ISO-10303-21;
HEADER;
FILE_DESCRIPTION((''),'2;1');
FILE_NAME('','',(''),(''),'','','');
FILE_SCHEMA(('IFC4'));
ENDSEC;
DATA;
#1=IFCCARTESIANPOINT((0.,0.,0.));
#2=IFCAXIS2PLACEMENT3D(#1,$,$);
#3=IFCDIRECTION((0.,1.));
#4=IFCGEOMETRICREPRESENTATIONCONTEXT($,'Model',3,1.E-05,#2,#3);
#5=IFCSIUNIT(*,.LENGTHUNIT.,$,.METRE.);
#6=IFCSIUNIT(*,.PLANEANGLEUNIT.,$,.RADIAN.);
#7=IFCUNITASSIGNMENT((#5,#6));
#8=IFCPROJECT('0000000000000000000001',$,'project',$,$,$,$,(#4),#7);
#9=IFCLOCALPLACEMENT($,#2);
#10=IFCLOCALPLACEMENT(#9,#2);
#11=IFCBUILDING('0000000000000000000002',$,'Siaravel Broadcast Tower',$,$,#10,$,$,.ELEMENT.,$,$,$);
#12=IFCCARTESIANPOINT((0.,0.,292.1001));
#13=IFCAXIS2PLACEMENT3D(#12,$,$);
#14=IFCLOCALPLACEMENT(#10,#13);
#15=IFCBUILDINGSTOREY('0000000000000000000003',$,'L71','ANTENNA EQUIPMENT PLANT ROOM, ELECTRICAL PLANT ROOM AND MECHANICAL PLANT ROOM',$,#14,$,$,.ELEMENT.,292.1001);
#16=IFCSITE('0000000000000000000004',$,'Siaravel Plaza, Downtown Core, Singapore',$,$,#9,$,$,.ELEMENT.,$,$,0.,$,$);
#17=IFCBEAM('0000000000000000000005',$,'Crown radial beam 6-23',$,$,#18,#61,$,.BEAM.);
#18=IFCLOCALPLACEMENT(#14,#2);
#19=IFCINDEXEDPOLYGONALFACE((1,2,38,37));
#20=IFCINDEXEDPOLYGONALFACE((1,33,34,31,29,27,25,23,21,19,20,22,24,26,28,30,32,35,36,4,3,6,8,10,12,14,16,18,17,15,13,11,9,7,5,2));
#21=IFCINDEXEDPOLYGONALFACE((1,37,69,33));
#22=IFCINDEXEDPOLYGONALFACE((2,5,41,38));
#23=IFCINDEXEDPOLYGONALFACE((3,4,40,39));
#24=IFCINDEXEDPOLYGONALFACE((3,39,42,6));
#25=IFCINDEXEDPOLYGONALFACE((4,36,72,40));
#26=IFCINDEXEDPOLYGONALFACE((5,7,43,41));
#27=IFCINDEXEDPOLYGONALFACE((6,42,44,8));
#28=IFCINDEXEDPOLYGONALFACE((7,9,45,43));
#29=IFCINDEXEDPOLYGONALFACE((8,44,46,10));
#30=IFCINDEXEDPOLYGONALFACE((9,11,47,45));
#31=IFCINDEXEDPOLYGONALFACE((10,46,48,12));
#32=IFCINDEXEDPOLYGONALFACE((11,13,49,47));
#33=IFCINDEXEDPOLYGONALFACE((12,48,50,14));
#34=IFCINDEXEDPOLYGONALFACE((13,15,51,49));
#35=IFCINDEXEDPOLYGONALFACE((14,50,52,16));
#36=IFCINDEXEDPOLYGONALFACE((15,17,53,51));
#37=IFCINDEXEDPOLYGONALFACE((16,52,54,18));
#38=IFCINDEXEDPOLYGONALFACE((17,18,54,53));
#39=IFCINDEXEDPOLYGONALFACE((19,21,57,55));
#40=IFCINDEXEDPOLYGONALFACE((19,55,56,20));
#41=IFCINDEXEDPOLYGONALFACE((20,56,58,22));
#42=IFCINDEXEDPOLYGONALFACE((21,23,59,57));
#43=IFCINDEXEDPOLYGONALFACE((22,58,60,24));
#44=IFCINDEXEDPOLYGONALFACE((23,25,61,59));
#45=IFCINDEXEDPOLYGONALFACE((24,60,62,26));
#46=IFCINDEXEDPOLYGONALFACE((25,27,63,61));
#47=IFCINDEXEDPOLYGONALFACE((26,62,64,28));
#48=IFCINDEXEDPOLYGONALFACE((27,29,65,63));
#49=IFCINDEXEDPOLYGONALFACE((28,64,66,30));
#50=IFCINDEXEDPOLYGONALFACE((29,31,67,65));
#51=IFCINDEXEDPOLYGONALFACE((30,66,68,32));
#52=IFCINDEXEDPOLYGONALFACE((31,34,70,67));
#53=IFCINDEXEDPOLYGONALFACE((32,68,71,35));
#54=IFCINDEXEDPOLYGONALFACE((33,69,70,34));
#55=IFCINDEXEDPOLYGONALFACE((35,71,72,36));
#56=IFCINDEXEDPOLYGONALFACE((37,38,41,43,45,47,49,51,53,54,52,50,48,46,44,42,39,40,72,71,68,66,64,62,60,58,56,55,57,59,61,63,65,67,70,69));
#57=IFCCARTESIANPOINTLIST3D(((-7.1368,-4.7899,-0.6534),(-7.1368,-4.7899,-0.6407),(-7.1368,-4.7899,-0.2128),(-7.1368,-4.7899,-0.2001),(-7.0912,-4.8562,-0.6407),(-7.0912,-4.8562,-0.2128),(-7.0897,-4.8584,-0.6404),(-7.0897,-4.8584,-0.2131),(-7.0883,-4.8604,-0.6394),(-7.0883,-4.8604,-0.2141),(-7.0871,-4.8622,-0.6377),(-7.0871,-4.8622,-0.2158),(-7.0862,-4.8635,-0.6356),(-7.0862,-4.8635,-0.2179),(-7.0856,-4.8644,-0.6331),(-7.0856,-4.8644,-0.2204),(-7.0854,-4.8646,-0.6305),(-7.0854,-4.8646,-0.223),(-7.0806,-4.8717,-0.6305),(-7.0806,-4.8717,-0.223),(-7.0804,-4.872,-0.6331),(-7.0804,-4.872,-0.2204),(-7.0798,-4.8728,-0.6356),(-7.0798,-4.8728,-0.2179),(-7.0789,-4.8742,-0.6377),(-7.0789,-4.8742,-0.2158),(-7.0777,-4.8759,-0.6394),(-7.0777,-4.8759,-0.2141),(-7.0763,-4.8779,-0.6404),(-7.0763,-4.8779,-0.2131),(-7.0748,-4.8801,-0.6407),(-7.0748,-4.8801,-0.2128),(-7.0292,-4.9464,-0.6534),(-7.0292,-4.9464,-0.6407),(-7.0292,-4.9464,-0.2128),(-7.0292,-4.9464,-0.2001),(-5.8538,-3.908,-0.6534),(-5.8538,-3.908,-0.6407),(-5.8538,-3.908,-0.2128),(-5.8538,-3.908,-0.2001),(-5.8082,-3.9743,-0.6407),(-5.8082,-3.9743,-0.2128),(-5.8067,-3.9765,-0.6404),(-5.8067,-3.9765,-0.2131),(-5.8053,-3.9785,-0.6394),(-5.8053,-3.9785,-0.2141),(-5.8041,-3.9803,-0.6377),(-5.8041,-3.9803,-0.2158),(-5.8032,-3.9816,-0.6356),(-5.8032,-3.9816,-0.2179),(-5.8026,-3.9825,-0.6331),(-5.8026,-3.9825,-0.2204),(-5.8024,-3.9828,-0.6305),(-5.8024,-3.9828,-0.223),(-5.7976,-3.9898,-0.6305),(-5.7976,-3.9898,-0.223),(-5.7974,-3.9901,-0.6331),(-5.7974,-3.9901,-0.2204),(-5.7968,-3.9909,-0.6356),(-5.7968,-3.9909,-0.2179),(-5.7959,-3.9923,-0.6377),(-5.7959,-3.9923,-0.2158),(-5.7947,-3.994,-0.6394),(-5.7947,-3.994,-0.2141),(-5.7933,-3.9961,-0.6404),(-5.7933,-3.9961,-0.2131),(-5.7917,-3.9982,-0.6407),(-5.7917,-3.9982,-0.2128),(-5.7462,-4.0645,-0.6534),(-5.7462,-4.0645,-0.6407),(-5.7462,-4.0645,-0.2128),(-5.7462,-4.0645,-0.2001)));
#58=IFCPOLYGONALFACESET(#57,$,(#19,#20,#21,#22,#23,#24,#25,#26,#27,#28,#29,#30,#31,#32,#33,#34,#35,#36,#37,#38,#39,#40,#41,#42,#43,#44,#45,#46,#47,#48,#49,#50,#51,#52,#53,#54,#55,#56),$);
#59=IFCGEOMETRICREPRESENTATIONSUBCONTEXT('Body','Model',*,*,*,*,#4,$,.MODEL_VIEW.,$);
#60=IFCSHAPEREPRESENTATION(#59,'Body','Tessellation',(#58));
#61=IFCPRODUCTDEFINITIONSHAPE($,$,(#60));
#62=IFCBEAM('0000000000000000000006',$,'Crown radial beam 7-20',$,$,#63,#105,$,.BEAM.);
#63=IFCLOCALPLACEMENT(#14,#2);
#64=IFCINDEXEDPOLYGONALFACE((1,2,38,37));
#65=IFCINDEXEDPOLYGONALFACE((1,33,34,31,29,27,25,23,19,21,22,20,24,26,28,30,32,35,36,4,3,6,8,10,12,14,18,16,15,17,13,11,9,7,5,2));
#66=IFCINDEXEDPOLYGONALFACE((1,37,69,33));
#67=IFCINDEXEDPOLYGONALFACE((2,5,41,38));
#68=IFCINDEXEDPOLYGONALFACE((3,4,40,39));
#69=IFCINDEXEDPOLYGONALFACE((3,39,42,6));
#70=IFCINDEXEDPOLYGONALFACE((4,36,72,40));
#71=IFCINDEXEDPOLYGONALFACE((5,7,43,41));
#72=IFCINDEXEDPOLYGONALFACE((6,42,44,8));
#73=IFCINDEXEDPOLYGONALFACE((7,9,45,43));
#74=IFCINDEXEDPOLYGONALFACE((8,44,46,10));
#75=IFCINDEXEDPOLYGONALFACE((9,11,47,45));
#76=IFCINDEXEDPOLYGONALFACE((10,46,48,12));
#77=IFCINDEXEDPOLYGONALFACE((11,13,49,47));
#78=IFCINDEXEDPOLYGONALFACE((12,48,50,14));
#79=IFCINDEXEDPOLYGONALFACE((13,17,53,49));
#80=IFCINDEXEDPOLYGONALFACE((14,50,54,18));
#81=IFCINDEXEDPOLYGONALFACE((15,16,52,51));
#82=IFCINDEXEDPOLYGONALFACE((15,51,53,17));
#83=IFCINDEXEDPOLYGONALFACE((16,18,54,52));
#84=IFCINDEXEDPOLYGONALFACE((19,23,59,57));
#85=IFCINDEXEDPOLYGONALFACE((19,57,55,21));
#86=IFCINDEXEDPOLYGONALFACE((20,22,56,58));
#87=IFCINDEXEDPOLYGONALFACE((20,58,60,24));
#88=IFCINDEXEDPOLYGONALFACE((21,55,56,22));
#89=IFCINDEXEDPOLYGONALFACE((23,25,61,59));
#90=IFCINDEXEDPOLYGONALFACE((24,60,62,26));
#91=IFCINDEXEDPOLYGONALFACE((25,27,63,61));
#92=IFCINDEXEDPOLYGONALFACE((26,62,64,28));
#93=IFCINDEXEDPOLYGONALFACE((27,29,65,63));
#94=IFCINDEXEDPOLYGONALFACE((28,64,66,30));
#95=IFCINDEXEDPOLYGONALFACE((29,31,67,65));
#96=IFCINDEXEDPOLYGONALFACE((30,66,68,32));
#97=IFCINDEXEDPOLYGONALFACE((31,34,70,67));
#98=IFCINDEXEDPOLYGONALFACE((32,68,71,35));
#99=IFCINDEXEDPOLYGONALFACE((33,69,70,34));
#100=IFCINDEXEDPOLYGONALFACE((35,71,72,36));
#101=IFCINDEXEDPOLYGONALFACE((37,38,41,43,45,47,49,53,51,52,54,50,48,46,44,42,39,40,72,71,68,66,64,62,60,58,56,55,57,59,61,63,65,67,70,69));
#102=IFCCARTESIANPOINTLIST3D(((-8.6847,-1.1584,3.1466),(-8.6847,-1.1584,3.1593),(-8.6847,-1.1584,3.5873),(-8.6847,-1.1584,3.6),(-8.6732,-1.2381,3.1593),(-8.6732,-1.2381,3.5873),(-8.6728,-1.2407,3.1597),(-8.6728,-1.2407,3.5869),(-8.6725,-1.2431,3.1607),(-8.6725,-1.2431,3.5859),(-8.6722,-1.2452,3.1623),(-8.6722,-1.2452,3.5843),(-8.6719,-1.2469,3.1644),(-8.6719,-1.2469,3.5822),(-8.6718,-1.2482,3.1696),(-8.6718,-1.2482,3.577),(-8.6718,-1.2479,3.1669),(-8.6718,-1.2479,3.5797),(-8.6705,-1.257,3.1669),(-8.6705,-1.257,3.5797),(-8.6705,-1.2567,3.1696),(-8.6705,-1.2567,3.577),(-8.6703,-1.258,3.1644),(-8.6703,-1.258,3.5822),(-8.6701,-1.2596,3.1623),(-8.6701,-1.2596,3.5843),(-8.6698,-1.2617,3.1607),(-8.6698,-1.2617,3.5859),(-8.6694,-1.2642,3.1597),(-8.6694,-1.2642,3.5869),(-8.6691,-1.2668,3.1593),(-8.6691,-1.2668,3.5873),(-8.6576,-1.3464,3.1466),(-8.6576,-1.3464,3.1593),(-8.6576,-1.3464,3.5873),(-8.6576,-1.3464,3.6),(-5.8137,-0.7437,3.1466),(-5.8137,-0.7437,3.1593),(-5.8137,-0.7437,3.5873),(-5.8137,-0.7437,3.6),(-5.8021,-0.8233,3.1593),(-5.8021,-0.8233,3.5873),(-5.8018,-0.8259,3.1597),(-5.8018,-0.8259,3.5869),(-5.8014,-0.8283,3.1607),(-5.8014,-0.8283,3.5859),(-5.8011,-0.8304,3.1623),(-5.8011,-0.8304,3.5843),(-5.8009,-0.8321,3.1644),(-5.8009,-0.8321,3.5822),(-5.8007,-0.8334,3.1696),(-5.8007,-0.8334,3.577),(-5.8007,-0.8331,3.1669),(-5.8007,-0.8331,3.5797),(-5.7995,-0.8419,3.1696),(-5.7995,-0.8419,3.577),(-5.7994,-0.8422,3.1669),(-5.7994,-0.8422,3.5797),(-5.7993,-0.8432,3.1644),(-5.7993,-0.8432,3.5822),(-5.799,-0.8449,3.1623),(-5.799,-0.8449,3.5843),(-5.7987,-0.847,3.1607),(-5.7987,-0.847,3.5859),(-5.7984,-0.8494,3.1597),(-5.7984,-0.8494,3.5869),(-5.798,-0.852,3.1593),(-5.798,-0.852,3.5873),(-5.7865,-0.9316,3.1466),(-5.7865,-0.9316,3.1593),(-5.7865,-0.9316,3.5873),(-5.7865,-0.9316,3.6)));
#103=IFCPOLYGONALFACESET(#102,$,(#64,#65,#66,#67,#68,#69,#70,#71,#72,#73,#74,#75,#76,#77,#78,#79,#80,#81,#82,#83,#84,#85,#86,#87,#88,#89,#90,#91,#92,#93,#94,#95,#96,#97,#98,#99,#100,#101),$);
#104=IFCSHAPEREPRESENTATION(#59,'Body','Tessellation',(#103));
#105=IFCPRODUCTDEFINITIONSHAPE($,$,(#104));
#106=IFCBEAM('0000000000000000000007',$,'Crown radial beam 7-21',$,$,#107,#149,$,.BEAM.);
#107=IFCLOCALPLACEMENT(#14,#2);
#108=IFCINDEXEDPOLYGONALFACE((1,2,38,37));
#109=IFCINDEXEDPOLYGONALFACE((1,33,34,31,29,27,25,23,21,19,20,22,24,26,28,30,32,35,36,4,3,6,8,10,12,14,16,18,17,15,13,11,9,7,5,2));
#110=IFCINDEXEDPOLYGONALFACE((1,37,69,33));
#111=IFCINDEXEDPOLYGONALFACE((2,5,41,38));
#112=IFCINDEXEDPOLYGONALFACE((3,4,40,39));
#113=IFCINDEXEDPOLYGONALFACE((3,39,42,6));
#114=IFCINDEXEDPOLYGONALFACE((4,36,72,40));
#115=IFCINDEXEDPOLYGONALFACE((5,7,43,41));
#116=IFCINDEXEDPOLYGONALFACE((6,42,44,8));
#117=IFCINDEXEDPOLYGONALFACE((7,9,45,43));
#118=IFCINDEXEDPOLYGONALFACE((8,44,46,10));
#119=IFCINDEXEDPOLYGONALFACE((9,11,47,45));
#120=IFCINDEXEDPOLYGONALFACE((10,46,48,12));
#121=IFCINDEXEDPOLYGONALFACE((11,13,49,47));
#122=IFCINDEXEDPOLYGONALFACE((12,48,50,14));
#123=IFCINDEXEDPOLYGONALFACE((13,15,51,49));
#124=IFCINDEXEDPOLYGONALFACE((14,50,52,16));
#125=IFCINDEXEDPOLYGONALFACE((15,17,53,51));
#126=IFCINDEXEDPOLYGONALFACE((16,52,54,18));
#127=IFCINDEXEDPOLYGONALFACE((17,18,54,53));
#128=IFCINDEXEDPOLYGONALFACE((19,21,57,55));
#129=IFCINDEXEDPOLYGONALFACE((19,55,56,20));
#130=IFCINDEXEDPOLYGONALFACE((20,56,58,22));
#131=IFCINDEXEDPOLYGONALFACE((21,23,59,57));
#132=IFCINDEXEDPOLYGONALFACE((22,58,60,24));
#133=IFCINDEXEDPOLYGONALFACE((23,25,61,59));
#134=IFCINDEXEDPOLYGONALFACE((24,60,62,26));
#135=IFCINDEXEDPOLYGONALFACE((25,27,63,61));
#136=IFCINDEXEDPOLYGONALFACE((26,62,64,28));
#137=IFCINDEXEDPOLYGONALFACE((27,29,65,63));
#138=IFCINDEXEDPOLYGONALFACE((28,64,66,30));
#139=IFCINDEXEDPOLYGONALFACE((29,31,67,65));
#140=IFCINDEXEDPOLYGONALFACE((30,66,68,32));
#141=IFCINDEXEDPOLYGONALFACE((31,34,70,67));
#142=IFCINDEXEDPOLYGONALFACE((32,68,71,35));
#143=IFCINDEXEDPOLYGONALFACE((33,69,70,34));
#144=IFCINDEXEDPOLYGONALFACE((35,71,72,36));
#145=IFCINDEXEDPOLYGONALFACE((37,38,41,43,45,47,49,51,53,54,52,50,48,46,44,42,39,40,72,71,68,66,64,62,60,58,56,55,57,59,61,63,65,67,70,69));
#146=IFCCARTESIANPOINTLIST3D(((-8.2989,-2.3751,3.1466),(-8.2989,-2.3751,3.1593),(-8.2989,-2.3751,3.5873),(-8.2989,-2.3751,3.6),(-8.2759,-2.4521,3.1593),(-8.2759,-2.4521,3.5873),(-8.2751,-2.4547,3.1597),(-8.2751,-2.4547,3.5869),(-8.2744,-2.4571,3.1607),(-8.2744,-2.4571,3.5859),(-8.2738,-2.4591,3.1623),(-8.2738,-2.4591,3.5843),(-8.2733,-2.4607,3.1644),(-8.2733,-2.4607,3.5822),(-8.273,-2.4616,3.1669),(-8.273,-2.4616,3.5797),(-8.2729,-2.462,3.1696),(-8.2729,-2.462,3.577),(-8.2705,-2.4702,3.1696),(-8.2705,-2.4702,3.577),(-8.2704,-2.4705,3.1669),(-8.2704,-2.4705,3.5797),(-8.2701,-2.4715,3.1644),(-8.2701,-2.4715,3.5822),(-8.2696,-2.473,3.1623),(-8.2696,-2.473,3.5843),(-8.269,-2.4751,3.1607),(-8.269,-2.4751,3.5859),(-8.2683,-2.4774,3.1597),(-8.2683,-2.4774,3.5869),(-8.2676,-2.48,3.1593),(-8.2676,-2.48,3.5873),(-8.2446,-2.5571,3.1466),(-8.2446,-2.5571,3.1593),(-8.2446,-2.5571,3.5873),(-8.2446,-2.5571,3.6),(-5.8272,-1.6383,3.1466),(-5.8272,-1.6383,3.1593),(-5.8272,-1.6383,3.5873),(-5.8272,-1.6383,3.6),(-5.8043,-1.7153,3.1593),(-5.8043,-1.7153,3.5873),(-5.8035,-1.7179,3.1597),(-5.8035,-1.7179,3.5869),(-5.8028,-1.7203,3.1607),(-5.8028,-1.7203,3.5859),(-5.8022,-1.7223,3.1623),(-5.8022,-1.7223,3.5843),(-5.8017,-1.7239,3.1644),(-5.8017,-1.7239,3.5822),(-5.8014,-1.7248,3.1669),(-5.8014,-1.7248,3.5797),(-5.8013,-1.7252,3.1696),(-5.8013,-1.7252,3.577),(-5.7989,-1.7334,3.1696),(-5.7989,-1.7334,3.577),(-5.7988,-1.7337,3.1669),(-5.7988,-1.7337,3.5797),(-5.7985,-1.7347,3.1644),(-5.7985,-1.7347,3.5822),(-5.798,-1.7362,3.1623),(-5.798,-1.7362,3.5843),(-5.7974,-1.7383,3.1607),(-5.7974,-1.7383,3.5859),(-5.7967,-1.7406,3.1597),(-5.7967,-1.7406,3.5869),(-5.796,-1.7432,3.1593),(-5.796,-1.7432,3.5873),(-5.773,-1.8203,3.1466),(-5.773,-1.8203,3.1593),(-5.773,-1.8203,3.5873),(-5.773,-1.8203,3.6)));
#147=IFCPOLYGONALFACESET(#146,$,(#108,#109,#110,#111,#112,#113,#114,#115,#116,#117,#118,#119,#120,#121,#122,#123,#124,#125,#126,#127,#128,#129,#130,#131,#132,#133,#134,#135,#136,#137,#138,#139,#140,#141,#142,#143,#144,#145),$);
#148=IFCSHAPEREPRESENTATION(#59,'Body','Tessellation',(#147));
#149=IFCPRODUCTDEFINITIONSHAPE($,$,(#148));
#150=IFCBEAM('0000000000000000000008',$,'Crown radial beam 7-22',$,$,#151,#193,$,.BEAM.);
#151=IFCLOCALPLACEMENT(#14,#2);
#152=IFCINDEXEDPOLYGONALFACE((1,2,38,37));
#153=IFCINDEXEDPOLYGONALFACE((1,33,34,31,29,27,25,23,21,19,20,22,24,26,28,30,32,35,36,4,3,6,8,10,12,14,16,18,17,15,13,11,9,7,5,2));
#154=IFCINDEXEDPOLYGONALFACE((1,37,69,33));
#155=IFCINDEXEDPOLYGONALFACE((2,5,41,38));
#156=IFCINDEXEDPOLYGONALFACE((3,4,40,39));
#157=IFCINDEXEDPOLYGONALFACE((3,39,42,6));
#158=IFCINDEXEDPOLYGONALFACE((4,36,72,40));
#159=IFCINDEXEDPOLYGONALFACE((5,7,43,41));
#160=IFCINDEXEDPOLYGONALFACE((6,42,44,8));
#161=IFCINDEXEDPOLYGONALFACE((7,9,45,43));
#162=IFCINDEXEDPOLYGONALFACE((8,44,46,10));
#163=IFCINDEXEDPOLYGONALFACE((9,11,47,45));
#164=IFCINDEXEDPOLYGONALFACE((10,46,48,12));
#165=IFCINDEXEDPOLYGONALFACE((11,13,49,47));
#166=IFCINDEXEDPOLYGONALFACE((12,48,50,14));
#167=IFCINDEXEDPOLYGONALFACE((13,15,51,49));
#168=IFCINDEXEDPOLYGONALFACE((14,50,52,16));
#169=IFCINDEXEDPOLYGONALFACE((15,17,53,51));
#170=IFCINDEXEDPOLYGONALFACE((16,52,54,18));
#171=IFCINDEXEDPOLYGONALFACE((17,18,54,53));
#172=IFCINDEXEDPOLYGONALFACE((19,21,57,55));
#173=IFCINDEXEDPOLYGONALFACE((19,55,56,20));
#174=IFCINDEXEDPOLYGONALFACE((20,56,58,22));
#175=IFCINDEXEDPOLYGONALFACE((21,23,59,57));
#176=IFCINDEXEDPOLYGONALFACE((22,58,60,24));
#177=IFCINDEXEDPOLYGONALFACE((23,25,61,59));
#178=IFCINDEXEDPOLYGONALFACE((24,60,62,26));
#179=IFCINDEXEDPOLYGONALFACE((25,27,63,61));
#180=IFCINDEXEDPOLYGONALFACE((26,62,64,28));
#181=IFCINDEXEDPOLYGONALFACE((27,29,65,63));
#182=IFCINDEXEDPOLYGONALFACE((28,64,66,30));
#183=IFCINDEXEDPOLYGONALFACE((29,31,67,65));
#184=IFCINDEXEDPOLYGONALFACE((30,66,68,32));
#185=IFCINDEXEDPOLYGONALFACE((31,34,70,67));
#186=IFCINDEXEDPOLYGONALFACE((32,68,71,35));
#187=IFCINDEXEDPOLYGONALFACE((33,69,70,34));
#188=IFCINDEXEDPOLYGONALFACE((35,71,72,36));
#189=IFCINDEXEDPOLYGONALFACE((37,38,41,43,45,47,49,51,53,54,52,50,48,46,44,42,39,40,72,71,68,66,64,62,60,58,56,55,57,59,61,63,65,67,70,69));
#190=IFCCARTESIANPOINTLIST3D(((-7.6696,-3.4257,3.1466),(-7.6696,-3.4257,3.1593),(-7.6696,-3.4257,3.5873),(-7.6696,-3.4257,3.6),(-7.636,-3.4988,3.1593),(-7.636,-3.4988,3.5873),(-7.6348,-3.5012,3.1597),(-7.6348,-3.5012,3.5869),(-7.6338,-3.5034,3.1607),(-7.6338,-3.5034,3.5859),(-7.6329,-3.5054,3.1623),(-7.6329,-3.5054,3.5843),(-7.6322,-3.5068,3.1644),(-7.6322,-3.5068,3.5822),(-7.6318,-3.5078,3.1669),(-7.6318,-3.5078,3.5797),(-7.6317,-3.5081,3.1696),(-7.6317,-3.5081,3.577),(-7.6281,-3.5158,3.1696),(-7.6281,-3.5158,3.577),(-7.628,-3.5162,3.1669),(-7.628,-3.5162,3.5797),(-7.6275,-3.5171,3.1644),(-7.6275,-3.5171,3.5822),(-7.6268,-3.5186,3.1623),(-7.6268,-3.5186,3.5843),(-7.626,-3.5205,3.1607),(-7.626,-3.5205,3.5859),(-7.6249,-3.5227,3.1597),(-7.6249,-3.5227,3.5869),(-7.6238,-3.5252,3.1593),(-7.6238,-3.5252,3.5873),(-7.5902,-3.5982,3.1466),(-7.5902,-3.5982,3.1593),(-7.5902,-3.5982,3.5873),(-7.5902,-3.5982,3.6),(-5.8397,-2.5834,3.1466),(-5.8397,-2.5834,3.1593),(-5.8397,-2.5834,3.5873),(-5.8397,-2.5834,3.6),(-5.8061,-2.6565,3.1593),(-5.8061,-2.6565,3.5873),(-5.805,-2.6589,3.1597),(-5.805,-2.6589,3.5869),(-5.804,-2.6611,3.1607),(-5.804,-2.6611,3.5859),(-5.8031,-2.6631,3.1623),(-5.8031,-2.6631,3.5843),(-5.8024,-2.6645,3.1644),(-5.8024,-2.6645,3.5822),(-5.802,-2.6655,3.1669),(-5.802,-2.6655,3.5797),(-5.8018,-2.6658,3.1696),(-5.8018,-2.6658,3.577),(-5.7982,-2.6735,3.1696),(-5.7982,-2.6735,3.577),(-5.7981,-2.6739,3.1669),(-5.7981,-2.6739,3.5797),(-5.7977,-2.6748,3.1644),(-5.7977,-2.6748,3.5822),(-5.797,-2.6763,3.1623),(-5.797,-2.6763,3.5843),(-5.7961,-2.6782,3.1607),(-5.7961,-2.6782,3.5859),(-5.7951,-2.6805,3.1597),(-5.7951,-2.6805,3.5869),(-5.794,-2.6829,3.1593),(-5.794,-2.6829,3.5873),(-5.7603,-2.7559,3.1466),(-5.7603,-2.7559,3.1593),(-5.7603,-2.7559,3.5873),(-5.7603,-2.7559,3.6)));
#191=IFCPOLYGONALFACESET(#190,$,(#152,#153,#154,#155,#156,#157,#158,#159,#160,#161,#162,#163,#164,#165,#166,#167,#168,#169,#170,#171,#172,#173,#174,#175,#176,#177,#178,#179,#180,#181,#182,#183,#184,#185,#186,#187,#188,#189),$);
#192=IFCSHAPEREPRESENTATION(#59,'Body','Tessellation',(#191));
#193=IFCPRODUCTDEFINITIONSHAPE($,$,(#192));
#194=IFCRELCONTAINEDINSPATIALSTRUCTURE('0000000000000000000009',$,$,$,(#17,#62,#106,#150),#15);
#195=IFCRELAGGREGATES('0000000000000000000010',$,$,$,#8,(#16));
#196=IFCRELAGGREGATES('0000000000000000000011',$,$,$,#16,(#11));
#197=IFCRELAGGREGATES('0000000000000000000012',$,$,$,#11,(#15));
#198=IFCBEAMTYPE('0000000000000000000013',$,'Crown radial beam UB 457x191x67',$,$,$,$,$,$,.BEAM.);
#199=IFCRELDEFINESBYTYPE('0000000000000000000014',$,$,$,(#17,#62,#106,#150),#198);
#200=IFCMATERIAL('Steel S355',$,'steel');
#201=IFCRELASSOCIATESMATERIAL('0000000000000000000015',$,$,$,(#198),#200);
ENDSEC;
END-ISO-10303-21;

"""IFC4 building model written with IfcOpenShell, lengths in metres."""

from ifc_helpers import new_model, si_unit, direction, frame, origin, origin_2d, place, context, subcontext, project, spatial, i_section, extrude, material, material_profile, profile_set, type_object, element, save


model = new_model("IFC4")

# Units and contexts
model_context = context("Model", 3, precision=1e-05, world=origin(), true_north=direction((0.0, 1.0)))
body_context = subcontext(model_context, "Body", "Model", "MODEL_VIEW")
ifc_project = project(units=[si_unit("LENGTHUNIT", "METRE"), si_unit("PLANEANGLEUNIT", "RADIAN")], contexts=[model_context])

# Site, building, storey
site_placement = place(None, origin())
site = spatial("IfcSite", under=ifc_project, at=site_placement, Name="Siaravel Plaza, Downtown Core, Singapore", CompositionType="ELEMENT", RefElevation=0.0)
building_placement = place(site_placement, origin())
building = spatial("IfcBuilding", under=site, at=building_placement, Name="Siaravel Broadcast Tower", CompositionType="ELEMENT")
storey_placement = place(building_placement, frame((0.0, 0.0, 292.1001)))
storey = spatial("IfcBuildingStorey", under=building, at=storey_placement, Name="L71", Description="ANTENNA EQUIPMENT PLANT ROOM, ELECTRICAL PLANT ROOM AND MECHANICAL PLANT ROOM", CompositionType="ELEMENT", Elevation=292.1001)

# Beams
ifc_material_1 = material(Name="Steel S355", Category="steel")
ifc_material_profile_1 = material_profile(ifc_material_1, i_section(OverallWidth=0.1899, OverallDepth=0.4534, WebThickness=0.0085, FlangeThickness=0.0127, FilletRadius=0.0103, at=origin_2d()))
ifc_profile_set_1 = profile_set([ifc_material_profile_1], Name="Steel S355")
beam_type_1 = type_object("IfcBeamType", Name="Crown radial beam UB 457x191x67", PredefinedType="BEAM", material=ifc_profile_set_1)
beam_1_placement = place(storey_placement, frame((-7.083, -4.8682, -0.4268), z_axis=(0.824101, 0.566442, 0.0), x_axis=(-0.566442, 0.824101, 0.0)))
element("IfcBeam", 1, at=beam_1_placement, inside=storey, type_object=beam_type_1, Name="Crown radial beam 6-23", PredefinedType="BEAM", context=body_context, shape_type="SweptSolid", body=[
    extrude(i_section(OverallWidth=0.1899, OverallDepth=0.4534, WebThickness=0.0085, FlangeThickness=0.0127, FilletRadius=0.0103, at=origin_2d()), origin(), (0.0, 0.0, 1.0), 1.5569),
])
beam_2_placement = place(storey_placement, frame((-8.6711, -1.2524, 3.3733), z_axis=(0.989724, 0.142988, 0.0), x_axis=(-0.142988, 0.989724, 0.0)))
element("IfcBeam", 2, at=beam_2_placement, inside=storey, type_object=beam_type_1, Name="Crown radial beam 7-20", PredefinedType="BEAM", context=body_context, shape_type="SweptSolid", body=[
    extrude(i_section(OverallWidth=0.1899, OverallDepth=0.4534, WebThickness=0.0085, FlangeThickness=0.0127, FilletRadius=0.0103, at=origin_2d()), origin(), (0.0, 0.0, 1.0), 2.9009),
])
beam_3_placement = place(storey_placement, frame((-8.2717, -2.4661, 3.3733), z_axis=(0.958325, 0.28568, 0.0), x_axis=(-0.28568, 0.958325, 0.0)))
element("IfcBeam", 3, at=beam_3_placement, inside=storey, type_object=beam_type_1, Name="Crown radial beam 7-21", PredefinedType="BEAM", context=body_context, shape_type="SweptSolid", body=[
    extrude(i_section(OverallWidth=0.1899, OverallDepth=0.4534, WebThickness=0.0085, FlangeThickness=0.0127, FilletRadius=0.0103, at=origin_2d()), origin(), (0.0, 0.0, 1.0), 2.5791),
])
beam_4_placement = place(storey_placement, frame((-7.6299, -3.512, 3.3733), z_axis=(0.908385, 0.418136, 0.0), x_axis=(-0.418136, 0.908385, 0.0)))
element("IfcBeam", 4, at=beam_4_placement, inside=storey, type_object=beam_type_1, Name="Crown radial beam 7-22", PredefinedType="BEAM", context=body_context, shape_type="SweptSolid", body=[
    extrude(i_section(OverallWidth=0.1899, OverallDepth=0.4534, WebThickness=0.0085, FlangeThickness=0.0127, FilletRadius=0.0103, at=origin_2d()), origin(), (0.0, 0.0, 1.0), 2.0144),
])

save(model, "model.ifc")
